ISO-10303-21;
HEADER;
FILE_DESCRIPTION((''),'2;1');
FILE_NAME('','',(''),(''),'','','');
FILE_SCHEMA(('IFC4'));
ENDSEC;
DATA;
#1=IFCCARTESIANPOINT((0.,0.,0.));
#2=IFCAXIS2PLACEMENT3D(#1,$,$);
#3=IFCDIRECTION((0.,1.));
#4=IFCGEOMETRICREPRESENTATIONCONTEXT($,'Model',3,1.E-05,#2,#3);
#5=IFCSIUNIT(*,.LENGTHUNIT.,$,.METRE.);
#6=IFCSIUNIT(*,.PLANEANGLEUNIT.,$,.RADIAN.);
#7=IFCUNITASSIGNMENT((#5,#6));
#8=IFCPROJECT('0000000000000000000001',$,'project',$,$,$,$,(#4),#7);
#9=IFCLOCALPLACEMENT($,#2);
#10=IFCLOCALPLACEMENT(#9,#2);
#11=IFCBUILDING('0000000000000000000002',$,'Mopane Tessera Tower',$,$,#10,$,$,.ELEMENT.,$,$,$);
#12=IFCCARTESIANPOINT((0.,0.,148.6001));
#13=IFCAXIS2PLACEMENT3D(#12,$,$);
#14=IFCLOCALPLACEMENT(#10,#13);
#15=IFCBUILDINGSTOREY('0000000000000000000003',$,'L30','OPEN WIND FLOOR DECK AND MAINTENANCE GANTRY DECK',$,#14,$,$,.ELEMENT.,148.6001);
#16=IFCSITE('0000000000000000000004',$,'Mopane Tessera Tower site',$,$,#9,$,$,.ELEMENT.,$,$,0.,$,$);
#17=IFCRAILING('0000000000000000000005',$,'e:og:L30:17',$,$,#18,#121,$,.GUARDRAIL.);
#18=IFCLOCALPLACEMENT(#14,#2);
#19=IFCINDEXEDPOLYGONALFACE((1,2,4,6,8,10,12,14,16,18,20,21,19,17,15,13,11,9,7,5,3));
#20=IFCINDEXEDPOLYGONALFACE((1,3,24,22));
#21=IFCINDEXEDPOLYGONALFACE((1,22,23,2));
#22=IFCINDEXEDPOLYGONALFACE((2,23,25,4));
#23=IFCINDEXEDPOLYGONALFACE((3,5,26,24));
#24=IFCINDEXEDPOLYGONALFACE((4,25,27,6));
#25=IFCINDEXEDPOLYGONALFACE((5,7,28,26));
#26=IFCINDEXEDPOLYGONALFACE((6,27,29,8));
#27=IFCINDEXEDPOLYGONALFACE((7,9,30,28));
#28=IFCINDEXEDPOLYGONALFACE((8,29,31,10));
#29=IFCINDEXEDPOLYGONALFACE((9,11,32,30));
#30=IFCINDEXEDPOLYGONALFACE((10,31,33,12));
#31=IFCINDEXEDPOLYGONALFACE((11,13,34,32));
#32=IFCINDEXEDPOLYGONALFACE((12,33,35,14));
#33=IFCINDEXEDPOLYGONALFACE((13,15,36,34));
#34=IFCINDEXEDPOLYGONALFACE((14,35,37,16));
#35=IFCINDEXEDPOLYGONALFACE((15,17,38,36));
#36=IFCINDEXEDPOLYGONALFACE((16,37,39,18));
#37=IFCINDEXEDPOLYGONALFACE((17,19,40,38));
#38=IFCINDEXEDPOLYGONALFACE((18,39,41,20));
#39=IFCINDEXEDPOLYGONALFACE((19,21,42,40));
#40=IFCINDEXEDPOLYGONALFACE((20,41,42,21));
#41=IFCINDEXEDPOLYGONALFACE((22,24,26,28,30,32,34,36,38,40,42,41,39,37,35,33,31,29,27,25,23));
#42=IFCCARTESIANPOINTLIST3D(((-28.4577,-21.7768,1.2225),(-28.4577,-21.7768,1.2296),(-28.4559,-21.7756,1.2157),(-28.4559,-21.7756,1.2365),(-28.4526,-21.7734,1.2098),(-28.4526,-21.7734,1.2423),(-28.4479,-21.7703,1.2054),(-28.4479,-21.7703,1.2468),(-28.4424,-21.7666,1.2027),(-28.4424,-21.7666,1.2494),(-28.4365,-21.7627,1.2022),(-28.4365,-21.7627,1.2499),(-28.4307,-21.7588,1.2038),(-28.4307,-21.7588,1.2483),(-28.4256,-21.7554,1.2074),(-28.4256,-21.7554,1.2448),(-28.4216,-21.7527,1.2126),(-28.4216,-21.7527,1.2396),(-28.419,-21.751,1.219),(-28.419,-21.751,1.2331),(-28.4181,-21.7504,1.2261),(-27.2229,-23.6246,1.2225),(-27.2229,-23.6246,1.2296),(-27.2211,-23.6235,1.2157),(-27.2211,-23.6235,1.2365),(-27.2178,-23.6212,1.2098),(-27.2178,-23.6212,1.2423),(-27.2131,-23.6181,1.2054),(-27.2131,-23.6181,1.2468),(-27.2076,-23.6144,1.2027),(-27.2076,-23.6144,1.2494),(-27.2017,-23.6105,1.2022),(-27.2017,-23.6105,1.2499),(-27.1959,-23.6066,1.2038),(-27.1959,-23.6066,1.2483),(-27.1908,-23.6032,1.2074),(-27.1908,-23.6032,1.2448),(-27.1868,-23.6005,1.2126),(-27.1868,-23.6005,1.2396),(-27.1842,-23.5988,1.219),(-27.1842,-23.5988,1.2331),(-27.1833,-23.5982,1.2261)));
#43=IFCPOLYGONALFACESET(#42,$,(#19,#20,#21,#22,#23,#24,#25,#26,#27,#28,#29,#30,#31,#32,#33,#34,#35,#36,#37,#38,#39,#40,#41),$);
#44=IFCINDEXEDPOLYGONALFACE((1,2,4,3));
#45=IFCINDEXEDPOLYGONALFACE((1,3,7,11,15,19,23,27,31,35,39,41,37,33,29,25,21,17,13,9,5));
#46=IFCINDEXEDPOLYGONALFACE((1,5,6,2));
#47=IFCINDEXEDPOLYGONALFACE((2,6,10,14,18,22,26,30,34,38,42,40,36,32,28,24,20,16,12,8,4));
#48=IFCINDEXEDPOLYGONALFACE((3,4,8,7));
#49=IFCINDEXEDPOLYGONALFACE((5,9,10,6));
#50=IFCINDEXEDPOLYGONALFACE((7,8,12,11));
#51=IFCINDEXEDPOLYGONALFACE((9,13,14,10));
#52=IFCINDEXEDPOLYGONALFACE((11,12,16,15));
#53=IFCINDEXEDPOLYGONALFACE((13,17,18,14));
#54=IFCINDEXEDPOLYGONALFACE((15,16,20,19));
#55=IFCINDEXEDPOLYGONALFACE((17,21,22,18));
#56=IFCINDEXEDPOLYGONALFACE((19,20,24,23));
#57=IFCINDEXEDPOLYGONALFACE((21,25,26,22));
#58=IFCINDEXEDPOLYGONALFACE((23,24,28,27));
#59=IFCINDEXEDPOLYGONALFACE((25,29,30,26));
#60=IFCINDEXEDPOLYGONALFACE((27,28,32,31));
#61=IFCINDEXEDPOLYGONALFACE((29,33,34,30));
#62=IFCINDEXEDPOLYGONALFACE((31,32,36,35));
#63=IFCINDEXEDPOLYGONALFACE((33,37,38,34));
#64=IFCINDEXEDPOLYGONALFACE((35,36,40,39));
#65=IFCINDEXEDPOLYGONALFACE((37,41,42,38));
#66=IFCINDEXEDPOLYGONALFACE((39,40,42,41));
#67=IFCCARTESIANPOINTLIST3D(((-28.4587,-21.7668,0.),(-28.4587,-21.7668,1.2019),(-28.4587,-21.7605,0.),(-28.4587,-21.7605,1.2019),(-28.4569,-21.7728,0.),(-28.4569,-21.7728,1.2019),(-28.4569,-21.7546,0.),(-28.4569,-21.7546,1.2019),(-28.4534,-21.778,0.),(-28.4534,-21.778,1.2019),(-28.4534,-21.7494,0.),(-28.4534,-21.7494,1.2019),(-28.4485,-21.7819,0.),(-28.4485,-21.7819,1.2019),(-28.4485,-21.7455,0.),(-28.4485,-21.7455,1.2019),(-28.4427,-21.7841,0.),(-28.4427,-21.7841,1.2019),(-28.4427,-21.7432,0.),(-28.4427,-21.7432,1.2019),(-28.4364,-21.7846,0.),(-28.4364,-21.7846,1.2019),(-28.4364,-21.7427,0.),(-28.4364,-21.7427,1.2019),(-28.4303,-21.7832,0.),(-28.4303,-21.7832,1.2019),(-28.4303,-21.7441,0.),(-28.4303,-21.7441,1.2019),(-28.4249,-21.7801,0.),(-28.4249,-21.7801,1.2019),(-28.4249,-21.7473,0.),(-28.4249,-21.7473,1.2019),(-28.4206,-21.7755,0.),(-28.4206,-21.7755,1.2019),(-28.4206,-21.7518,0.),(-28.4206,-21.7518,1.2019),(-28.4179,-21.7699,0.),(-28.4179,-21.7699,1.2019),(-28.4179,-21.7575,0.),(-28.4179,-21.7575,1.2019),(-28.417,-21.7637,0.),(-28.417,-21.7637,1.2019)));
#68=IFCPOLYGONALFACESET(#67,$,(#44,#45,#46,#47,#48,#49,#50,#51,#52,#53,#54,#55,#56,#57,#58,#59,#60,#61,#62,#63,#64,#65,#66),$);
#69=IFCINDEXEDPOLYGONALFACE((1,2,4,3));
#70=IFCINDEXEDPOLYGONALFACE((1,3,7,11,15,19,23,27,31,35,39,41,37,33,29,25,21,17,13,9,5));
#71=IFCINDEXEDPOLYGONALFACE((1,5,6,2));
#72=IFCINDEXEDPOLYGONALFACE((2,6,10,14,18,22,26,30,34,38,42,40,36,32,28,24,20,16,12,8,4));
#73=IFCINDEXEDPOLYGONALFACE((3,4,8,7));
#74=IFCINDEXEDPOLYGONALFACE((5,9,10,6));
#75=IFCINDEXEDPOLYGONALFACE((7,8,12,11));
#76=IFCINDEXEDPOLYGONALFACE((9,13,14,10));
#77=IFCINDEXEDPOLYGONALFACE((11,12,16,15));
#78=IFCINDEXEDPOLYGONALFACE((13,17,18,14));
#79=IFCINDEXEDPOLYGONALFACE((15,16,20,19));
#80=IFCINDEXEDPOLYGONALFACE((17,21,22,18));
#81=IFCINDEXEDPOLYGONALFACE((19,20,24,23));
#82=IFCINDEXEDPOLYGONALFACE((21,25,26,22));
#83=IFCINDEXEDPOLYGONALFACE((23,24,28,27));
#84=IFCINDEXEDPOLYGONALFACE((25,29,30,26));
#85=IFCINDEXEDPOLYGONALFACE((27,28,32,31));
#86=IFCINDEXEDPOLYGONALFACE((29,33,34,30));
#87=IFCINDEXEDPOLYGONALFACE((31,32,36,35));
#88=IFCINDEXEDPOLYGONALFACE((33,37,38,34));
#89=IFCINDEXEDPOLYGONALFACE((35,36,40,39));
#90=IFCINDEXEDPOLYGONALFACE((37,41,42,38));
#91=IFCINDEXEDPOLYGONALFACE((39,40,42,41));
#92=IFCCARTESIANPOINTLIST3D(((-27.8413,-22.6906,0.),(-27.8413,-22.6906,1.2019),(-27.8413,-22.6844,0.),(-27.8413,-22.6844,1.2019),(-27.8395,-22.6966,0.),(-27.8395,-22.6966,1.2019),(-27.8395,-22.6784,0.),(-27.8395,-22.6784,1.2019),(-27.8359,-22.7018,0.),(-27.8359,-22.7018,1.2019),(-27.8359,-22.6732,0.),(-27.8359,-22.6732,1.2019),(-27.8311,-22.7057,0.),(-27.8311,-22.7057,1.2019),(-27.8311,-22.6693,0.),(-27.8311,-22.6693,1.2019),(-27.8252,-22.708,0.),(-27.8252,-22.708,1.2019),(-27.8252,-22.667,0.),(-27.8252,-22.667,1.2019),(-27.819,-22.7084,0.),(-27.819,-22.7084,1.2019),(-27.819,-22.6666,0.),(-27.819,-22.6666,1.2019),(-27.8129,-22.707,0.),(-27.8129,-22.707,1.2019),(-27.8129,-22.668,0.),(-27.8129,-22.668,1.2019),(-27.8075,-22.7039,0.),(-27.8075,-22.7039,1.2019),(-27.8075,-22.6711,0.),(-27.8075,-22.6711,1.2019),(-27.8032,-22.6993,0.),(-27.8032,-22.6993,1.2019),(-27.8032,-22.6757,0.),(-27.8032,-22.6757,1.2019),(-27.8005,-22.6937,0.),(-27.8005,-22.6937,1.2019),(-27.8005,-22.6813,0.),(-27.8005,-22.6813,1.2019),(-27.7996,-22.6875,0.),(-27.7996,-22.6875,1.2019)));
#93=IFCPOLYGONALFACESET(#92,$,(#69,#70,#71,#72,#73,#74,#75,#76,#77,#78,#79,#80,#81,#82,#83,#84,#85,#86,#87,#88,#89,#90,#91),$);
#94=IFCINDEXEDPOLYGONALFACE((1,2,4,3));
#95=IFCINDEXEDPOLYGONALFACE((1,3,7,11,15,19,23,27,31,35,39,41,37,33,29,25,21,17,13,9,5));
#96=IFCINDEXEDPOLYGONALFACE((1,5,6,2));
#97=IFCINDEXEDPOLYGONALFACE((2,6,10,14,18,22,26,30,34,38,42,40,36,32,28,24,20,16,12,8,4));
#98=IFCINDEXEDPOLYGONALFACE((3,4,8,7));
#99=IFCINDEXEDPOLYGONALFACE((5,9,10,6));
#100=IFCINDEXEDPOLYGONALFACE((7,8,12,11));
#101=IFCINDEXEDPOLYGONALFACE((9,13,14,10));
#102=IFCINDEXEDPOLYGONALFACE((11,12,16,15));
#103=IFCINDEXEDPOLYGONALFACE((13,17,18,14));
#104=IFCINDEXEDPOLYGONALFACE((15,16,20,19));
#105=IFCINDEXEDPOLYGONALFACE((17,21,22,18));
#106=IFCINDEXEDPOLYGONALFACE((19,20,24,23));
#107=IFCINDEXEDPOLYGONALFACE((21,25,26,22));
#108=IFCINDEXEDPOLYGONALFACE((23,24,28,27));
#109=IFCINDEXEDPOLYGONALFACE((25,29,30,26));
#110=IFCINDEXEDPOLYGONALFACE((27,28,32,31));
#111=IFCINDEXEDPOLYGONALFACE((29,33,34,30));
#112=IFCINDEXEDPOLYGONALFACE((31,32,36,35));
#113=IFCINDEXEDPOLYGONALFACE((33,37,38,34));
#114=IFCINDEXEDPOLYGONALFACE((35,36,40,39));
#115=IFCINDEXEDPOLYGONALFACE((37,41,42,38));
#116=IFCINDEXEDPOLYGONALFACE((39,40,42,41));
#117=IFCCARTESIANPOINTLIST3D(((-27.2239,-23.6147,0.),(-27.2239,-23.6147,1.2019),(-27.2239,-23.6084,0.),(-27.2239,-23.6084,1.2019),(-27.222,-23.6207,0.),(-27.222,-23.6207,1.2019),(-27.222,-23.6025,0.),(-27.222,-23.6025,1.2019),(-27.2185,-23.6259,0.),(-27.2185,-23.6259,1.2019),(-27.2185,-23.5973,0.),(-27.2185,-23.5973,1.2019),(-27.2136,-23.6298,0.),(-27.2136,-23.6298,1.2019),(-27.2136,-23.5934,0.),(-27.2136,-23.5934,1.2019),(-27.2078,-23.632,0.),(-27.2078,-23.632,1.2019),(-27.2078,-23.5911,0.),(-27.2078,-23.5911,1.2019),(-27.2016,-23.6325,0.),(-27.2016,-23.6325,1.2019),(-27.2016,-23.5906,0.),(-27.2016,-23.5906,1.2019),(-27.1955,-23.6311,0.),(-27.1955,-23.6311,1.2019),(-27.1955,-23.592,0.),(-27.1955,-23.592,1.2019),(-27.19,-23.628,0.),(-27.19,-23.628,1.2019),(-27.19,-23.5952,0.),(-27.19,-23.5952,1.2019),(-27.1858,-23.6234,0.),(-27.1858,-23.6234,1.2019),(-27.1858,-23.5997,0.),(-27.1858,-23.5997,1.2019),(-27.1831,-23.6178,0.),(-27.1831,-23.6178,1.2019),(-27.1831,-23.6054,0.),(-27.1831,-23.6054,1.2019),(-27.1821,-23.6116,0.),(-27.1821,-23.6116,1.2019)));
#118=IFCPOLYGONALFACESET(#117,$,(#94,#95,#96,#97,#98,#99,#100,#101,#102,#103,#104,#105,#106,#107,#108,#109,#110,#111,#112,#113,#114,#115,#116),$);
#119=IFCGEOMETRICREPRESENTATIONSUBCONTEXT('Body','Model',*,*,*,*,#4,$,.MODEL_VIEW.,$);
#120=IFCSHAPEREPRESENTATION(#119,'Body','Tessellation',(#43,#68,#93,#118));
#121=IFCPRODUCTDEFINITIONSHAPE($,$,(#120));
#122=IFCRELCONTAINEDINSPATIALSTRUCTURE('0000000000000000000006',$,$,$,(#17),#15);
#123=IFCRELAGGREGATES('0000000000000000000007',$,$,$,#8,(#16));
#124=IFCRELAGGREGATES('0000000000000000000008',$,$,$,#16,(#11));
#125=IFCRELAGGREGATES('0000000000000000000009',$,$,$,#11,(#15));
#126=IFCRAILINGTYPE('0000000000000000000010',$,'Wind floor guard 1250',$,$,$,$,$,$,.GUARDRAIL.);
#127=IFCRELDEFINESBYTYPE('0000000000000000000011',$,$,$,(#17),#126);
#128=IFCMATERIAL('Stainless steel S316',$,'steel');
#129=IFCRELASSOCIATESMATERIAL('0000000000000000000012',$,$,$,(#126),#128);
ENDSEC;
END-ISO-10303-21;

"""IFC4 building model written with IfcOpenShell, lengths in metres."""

from ifc_helpers import new_model, si_unit, direction, frame, origin, origin_2d, place, context, subcontext, project, spatial, circle, extrude, material, type_object, element, save


model = new_model("IFC4")

# Units and contexts
model_context = context("Model", 3, precision=1e-05, world=origin(), true_north=direction((0.0, 1.0)))
body_context = subcontext(model_context, "Body", "Model", "MODEL_VIEW")
ifc_project = project(units=[si_unit("LENGTHUNIT", "METRE"), si_unit("PLANEANGLEUNIT", "RADIAN")], contexts=[model_context])

# Site, building, storey
site_placement = place(None, origin())
site = spatial("IfcSite", under=ifc_project, at=site_placement, Name="Mopane Tessera Tower site", CompositionType="ELEMENT", RefElevation=0.0)
building_placement = place(site_placement, origin())
building = spatial("IfcBuilding", under=site, at=building_placement, Name="Mopane Tessera Tower", CompositionType="ELEMENT")
storey_placement = place(building_placement, frame((0.0, 0.0, 148.6001)))
storey = spatial("IfcBuildingStorey", under=building, at=storey_placement, Name="L30", Description="OPEN WIND FLOOR DECK AND MAINTENANCE GANTRY DECK", CompositionType="ELEMENT", Elevation=148.6001)

# Railing
ifc_material_1 = material(Name="Stainless steel S316", Category="steel")
railing_type = type_object("IfcRailingType", Name="Wind floor guard 1250", PredefinedType="GUARDRAIL", material=ifc_material_1)
railing_1_placement = place(storey_placement, frame((-28.438, -21.7637, 0.0)))
element("IfcRailing", 1, at=railing_1_placement, inside=storey, type_object=railing_type, Name="e:og:L30:17", PredefinedType="GUARDRAIL", context=body_context, shape_type="SweptSolid", body=[
    extrude(circle(Radius=0.0239, at=origin_2d()), frame((0.0, 0.0, 1.2261), z_axis=(0.555612, -0.831441, 0.0), x_axis=(0.831441, 0.555612, 0.0)), (0.0, 0.0, 1.0), 2.2224),
    extrude(circle(Radius=0.021, at=origin_2d()), origin(), (0.0, 0.0, 1.0), 1.2019),
    extrude(circle(Radius=0.021, at=origin_2d()), frame((0.6174, -0.9238, 0.0)), (0.0, 0.0, 1.0), 1.2019),
    extrude(circle(Radius=0.021, at=origin_2d()), frame((1.2349, -1.8479, 0.0)), (0.0, 0.0, 1.0), 1.2019),
])

save(model, "model.ifc")
